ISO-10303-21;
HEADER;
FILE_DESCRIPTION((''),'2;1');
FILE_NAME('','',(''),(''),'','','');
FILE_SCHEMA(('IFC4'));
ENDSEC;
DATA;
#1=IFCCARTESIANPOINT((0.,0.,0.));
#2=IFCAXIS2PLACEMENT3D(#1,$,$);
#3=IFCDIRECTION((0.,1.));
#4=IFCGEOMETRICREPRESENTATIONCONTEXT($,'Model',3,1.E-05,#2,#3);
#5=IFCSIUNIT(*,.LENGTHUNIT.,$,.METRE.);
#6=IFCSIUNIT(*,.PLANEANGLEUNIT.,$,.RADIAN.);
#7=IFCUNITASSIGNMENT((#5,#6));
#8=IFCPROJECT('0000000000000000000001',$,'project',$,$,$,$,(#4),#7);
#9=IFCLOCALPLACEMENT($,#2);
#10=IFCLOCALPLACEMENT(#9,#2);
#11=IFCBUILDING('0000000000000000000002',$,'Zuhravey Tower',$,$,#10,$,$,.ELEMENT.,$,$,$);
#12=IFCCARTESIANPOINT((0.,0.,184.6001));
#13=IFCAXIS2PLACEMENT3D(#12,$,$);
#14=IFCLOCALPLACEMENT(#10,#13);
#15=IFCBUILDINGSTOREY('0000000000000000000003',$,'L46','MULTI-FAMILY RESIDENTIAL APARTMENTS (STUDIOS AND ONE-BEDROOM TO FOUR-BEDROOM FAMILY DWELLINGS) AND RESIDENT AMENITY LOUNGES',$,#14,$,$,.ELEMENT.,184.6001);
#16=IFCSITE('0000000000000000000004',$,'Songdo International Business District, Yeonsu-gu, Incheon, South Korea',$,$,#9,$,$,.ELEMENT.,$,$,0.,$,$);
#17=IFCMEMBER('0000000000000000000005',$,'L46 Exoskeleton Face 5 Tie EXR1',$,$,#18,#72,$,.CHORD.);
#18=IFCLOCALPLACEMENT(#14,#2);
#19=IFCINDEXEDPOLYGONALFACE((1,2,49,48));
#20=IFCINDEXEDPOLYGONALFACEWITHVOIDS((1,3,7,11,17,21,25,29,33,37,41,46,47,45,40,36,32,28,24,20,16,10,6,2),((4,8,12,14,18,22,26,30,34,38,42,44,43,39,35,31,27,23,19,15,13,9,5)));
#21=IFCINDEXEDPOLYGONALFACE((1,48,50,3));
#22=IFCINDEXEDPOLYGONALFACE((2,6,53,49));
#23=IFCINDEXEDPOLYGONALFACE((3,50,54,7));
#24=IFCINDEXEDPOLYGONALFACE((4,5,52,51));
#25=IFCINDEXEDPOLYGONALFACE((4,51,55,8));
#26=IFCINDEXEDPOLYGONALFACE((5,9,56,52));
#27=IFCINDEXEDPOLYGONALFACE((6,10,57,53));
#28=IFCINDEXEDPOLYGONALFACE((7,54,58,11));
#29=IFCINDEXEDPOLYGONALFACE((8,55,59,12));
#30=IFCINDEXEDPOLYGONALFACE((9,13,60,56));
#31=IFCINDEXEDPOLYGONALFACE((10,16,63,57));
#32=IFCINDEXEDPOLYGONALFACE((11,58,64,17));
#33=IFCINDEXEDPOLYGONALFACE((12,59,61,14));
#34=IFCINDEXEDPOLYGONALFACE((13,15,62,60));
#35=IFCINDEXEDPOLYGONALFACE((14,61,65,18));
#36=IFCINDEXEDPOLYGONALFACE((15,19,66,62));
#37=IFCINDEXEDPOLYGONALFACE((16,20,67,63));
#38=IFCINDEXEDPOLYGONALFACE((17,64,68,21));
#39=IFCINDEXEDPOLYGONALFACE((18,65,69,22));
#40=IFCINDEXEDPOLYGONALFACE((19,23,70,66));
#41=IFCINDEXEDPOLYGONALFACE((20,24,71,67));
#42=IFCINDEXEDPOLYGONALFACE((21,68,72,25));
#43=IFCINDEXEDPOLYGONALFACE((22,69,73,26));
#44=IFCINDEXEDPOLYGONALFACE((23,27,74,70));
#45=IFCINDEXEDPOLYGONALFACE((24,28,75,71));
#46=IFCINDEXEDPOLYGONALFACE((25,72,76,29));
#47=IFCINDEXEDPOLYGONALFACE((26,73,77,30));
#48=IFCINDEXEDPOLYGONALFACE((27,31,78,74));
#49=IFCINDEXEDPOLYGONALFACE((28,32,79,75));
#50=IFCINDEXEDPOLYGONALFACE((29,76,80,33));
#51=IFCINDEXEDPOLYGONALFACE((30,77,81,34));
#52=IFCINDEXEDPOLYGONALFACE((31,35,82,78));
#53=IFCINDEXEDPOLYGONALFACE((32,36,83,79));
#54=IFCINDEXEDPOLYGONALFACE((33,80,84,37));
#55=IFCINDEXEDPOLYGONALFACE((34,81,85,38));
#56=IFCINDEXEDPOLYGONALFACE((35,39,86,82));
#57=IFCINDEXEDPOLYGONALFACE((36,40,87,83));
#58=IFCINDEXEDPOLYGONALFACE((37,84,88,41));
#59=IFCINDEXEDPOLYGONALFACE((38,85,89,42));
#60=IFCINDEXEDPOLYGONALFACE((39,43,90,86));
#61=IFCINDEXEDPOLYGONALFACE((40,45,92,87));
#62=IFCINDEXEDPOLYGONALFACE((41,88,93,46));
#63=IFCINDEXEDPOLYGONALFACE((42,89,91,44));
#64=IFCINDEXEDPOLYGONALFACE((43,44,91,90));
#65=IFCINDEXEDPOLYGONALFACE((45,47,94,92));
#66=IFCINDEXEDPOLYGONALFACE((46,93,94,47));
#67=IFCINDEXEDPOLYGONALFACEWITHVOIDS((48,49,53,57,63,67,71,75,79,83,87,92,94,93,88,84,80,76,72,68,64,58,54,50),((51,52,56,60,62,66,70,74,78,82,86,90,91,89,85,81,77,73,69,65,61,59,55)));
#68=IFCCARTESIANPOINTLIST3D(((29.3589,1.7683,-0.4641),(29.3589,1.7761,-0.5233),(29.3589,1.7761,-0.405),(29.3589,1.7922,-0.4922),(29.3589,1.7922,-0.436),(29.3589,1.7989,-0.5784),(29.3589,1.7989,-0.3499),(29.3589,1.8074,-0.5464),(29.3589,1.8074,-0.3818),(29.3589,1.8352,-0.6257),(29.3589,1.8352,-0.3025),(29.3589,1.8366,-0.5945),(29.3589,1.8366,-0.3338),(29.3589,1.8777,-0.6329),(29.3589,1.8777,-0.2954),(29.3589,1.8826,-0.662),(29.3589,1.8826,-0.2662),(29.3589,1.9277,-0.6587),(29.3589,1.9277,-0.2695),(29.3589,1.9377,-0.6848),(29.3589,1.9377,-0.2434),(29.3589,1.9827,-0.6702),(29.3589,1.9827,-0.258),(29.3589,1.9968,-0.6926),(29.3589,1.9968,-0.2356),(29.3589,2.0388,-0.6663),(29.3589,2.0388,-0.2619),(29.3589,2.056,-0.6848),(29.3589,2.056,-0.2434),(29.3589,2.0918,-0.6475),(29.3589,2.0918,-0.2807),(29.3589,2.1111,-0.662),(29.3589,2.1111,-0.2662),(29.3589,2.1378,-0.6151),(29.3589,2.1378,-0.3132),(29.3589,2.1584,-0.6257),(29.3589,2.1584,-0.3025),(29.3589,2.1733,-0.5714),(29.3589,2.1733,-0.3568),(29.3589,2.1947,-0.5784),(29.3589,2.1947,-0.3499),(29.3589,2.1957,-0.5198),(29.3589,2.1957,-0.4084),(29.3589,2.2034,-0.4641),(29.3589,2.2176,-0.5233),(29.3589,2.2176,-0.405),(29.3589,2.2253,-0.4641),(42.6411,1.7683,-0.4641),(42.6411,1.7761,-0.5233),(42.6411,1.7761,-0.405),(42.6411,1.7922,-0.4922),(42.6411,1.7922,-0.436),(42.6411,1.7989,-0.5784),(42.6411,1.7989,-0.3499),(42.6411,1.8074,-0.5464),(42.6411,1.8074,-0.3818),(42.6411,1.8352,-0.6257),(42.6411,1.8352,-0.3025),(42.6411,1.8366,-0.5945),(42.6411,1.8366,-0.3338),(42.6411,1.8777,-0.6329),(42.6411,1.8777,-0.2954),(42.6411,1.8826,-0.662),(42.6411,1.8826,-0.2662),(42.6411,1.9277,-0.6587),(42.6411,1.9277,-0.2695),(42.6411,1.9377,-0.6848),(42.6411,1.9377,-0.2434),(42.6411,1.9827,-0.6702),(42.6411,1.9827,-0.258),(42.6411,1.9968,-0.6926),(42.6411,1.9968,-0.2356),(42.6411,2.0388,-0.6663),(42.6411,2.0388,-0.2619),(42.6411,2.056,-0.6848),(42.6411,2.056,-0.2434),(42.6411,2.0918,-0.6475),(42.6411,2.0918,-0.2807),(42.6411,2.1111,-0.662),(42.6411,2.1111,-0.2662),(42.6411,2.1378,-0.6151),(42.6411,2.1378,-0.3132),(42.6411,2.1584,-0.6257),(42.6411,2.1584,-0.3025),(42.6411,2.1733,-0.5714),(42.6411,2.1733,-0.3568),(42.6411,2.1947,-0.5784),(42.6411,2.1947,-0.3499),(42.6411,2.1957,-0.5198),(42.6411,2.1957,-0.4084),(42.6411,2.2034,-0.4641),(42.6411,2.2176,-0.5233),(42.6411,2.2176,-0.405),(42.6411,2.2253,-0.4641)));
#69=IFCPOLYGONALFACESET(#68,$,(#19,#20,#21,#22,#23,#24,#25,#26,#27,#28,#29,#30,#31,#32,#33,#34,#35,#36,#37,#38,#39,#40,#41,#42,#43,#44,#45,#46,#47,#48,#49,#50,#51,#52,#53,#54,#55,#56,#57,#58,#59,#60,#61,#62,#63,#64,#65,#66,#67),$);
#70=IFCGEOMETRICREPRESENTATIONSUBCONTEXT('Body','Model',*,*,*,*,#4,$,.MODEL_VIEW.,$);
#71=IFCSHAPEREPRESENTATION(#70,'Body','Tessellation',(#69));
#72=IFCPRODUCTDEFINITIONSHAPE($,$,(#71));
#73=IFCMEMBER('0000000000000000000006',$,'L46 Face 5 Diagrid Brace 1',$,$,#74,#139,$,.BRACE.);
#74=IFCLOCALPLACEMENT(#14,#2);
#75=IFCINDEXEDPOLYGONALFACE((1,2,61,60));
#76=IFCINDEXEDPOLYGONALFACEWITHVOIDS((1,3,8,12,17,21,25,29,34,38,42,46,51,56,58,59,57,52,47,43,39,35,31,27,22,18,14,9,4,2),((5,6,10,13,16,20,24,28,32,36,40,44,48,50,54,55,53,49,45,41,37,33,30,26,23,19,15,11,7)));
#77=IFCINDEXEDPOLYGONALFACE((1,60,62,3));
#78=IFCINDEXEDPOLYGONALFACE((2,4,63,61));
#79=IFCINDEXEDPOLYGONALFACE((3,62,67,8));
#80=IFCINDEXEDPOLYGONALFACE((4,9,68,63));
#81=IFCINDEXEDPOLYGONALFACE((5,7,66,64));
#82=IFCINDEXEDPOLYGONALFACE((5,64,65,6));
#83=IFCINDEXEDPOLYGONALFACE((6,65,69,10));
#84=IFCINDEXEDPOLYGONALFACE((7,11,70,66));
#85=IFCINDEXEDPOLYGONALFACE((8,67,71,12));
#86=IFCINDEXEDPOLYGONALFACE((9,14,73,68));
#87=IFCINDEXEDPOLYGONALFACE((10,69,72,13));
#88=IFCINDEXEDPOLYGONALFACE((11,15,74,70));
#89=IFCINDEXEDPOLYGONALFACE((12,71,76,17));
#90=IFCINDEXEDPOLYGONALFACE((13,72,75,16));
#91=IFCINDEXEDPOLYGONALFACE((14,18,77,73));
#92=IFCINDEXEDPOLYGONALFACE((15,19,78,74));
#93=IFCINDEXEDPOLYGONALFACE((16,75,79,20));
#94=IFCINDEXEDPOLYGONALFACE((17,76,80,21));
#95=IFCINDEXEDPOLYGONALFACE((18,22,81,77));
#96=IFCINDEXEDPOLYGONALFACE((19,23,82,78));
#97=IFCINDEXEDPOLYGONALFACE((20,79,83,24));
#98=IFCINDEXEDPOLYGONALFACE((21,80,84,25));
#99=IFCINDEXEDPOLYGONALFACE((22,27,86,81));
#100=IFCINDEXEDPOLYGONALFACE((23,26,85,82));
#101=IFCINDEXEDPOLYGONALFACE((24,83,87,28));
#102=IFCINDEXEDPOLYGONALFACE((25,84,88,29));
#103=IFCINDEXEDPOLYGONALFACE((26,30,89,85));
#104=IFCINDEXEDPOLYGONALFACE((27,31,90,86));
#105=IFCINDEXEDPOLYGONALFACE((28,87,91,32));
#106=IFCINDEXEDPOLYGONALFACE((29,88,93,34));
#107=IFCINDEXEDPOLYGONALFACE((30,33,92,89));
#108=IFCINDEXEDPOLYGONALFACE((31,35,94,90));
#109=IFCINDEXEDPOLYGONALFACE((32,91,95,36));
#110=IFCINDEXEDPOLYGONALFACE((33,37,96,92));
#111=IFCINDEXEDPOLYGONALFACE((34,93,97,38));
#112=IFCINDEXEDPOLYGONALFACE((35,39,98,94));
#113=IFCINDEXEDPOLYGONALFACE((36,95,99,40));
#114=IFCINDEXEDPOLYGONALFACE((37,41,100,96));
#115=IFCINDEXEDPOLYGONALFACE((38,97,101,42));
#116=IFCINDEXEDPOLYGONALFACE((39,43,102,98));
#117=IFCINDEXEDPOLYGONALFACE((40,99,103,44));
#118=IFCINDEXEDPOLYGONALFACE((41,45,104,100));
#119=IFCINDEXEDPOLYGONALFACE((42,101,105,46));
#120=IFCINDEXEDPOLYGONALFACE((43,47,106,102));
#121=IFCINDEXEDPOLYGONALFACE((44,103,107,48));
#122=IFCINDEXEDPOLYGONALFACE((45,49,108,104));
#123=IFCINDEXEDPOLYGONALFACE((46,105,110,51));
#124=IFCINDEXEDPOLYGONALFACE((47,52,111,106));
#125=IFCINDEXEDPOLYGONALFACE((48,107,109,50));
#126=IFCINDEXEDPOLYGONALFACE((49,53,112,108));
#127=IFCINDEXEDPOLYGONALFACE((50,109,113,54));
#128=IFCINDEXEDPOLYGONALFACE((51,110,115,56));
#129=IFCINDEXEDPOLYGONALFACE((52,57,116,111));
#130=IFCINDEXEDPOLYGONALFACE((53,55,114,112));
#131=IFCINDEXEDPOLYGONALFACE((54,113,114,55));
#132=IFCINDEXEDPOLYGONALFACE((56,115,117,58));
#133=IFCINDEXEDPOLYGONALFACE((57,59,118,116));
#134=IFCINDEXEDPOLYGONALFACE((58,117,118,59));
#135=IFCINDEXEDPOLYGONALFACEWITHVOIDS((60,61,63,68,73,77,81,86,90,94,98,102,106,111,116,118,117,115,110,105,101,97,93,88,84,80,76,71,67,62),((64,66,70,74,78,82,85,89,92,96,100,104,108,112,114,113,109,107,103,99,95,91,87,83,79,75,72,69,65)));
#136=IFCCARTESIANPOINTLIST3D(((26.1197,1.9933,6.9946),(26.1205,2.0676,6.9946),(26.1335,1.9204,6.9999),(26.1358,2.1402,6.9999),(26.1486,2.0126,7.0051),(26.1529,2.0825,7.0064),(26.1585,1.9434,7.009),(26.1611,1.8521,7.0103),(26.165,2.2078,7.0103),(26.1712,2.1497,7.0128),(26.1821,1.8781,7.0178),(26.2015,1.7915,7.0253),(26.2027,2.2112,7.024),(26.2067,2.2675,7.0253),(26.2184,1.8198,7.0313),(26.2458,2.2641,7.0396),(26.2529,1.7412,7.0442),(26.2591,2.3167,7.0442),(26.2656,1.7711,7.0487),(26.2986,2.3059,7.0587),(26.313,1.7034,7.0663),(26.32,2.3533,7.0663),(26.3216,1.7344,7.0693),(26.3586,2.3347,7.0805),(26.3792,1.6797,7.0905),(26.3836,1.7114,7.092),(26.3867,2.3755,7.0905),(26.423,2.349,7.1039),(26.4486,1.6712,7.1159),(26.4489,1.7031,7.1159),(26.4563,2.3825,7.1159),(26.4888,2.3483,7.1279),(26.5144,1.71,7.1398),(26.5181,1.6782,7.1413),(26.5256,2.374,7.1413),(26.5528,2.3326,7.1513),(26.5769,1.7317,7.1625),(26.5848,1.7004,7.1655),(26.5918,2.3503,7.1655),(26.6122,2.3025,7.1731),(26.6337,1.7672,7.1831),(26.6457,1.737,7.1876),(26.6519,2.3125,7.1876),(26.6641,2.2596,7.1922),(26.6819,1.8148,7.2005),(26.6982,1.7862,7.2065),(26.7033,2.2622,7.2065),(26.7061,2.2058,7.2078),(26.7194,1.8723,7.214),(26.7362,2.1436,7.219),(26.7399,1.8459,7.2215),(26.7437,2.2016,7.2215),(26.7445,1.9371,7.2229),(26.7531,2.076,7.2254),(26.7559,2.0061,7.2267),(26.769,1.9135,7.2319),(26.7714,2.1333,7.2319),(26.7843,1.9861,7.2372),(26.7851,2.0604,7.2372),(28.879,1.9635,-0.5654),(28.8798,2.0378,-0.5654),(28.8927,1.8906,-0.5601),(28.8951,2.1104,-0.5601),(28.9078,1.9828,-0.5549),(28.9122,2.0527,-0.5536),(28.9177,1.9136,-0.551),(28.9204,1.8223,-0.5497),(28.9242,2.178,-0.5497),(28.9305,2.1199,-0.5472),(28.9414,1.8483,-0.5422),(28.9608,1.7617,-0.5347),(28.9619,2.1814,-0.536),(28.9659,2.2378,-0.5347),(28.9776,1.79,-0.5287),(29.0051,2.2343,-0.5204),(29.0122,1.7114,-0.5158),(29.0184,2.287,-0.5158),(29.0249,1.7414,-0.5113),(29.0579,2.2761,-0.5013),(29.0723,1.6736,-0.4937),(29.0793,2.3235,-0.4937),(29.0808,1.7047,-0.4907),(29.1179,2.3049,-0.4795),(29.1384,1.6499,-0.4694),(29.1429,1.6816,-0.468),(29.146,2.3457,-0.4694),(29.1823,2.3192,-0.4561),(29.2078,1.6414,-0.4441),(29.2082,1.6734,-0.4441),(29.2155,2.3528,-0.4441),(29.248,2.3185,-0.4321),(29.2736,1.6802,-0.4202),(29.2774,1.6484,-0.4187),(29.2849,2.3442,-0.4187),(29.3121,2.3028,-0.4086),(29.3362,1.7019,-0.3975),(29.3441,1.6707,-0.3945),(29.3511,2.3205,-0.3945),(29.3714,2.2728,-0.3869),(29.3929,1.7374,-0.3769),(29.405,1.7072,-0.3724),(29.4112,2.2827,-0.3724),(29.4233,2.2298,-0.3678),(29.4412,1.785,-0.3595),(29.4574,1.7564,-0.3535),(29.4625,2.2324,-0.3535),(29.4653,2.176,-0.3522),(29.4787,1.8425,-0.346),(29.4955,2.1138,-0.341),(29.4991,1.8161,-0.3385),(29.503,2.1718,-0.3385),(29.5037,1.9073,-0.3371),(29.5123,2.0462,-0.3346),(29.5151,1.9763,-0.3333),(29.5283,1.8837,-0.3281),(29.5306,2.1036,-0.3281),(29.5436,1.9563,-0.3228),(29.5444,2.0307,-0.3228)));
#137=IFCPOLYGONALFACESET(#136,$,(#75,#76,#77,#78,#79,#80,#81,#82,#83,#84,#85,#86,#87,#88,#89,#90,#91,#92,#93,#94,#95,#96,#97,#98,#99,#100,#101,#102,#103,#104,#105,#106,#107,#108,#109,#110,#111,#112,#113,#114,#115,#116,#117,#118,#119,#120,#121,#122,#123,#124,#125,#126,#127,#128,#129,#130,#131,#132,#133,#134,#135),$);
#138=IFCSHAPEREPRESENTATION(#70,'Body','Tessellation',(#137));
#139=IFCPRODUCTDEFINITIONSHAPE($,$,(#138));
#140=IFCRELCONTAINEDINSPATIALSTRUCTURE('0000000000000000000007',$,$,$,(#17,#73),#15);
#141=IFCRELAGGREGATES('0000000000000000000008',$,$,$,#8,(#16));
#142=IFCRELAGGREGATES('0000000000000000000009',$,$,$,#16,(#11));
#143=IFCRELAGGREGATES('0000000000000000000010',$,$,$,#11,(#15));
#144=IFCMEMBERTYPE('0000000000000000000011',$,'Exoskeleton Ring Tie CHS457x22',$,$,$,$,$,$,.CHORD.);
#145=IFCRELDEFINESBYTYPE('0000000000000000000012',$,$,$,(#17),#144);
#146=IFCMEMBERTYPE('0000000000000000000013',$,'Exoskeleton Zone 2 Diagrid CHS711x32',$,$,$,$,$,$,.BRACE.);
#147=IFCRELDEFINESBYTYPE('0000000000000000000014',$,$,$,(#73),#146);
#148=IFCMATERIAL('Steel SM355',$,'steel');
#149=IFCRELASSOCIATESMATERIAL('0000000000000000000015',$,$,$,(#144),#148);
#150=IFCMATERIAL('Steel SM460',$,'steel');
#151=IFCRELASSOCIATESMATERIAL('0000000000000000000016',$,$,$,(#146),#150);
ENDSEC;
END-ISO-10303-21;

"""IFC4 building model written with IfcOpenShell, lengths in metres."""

from ifc_helpers import new_model, si_unit, direction, frame, origin, origin_2d, place, context, subcontext, project, spatial, hollow_circle, extrude, material, material_profile, profile_set, type_object, element, save


model = new_model("IFC4")

# Units and contexts
model_context = context("Model", 3, precision=1e-05, world=origin(), true_north=direction((0.0, 1.0)))
body_context = subcontext(model_context, "Body", "Model", "MODEL_VIEW")
ifc_project = project(units=[si_unit("LENGTHUNIT", "METRE"), si_unit("PLANEANGLEUNIT", "RADIAN")], contexts=[model_context])

# Site, building, storey
site_placement = place(None, origin())
site = spatial("IfcSite", under=ifc_project, at=site_placement, Name="Songdo International Business District, Yeonsu-gu, Incheon, South Korea", CompositionType="ELEMENT", RefElevation=0.0)
building_placement = place(site_placement, origin())
building = spatial("IfcBuilding", under=site, at=building_placement, Name="Zuhravey Tower", CompositionType="ELEMENT")
storey_placement = place(building_placement, frame((0.0, 0.0, 184.6001)))
storey = spatial("IfcBuildingStorey", under=building, at=storey_placement, Name="L46", Description="MULTI-FAMILY RESIDENTIAL APARTMENTS (STUDIOS AND ONE-BEDROOM TO FOUR-BEDROOM FAMILY DWELLINGS) AND RESIDENT AMENITY LOUNGES", CompositionType="ELEMENT", Elevation=184.6001)

# Members
ifc_material_1 = material(Name="Steel SM355", Category="steel")
ifc_material_profile_1 = material_profile(ifc_material_1, hollow_circle(Radius=0.2285, WallThickness=0.022, at=origin_2d()), Name="CHS-457.2x22")
ifc_profile_set_1 = profile_set([ifc_material_profile_1], Name="Steel SM355")
member_type_1 = type_object("IfcMemberType", Name="Exoskeleton Ring Tie CHS457x22", PredefinedType="CHORD", material=ifc_profile_set_1)
member_1_placement = place(storey_placement, frame((29.3589, 1.9968, -0.4641), z_axis=(1.0, 0.0, 0.0), x_axis=(0.0, 1.0, 0.0)))
element("IfcMember", 1, at=member_1_placement, inside=storey, type_object=member_type_1, Name="L46 Exoskeleton Face 5 Tie EXR1", PredefinedType="CHORD", context=body_context, shape_type="SweptSolid", body=[
    extrude(hollow_circle(Radius=0.2285, WallThickness=0.022, at=origin_2d()), origin(), (0.0, 0.0, 1.0), 13.2822),
])
ifc_material_2 = material(Name="Steel SM460", Category="steel")
ifc_material_profile_2 = material_profile(ifc_material_2, hollow_circle(Radius=0.3557, WallThickness=0.032, at=origin_2d()), Name="CHS-711.2x32")
ifc_profile_set_2 = profile_set([ifc_material_profile_2], Name="Steel SM460")
member_type_2 = type_object("IfcMemberType", Name="Exoskeleton Zone 2 Diagrid CHS711x32", PredefinedType="BRACE", material=ifc_profile_set_2)
member_2_placement = place(storey_placement, frame((29.2117, 1.9971, -0.4441), z_axis=(-0.342856, 0.003701, 0.939381), x_axis=(-0.010794, -0.999942, 0.0)))
element("IfcMember", 2, at=member_2_placement, inside=storey, type_object=member_type_2, Name="L46 Face 5 Diagrid Brace 1", PredefinedType="BRACE", context=body_context, shape_type="SweptSolid", body=[
    extrude(hollow_circle(Radius=0.3557, WallThickness=0.032, at=origin_2d()), origin(), (0.0, 0.0, 1.0), 8.0479),
])

save(model, "model.ifc")
